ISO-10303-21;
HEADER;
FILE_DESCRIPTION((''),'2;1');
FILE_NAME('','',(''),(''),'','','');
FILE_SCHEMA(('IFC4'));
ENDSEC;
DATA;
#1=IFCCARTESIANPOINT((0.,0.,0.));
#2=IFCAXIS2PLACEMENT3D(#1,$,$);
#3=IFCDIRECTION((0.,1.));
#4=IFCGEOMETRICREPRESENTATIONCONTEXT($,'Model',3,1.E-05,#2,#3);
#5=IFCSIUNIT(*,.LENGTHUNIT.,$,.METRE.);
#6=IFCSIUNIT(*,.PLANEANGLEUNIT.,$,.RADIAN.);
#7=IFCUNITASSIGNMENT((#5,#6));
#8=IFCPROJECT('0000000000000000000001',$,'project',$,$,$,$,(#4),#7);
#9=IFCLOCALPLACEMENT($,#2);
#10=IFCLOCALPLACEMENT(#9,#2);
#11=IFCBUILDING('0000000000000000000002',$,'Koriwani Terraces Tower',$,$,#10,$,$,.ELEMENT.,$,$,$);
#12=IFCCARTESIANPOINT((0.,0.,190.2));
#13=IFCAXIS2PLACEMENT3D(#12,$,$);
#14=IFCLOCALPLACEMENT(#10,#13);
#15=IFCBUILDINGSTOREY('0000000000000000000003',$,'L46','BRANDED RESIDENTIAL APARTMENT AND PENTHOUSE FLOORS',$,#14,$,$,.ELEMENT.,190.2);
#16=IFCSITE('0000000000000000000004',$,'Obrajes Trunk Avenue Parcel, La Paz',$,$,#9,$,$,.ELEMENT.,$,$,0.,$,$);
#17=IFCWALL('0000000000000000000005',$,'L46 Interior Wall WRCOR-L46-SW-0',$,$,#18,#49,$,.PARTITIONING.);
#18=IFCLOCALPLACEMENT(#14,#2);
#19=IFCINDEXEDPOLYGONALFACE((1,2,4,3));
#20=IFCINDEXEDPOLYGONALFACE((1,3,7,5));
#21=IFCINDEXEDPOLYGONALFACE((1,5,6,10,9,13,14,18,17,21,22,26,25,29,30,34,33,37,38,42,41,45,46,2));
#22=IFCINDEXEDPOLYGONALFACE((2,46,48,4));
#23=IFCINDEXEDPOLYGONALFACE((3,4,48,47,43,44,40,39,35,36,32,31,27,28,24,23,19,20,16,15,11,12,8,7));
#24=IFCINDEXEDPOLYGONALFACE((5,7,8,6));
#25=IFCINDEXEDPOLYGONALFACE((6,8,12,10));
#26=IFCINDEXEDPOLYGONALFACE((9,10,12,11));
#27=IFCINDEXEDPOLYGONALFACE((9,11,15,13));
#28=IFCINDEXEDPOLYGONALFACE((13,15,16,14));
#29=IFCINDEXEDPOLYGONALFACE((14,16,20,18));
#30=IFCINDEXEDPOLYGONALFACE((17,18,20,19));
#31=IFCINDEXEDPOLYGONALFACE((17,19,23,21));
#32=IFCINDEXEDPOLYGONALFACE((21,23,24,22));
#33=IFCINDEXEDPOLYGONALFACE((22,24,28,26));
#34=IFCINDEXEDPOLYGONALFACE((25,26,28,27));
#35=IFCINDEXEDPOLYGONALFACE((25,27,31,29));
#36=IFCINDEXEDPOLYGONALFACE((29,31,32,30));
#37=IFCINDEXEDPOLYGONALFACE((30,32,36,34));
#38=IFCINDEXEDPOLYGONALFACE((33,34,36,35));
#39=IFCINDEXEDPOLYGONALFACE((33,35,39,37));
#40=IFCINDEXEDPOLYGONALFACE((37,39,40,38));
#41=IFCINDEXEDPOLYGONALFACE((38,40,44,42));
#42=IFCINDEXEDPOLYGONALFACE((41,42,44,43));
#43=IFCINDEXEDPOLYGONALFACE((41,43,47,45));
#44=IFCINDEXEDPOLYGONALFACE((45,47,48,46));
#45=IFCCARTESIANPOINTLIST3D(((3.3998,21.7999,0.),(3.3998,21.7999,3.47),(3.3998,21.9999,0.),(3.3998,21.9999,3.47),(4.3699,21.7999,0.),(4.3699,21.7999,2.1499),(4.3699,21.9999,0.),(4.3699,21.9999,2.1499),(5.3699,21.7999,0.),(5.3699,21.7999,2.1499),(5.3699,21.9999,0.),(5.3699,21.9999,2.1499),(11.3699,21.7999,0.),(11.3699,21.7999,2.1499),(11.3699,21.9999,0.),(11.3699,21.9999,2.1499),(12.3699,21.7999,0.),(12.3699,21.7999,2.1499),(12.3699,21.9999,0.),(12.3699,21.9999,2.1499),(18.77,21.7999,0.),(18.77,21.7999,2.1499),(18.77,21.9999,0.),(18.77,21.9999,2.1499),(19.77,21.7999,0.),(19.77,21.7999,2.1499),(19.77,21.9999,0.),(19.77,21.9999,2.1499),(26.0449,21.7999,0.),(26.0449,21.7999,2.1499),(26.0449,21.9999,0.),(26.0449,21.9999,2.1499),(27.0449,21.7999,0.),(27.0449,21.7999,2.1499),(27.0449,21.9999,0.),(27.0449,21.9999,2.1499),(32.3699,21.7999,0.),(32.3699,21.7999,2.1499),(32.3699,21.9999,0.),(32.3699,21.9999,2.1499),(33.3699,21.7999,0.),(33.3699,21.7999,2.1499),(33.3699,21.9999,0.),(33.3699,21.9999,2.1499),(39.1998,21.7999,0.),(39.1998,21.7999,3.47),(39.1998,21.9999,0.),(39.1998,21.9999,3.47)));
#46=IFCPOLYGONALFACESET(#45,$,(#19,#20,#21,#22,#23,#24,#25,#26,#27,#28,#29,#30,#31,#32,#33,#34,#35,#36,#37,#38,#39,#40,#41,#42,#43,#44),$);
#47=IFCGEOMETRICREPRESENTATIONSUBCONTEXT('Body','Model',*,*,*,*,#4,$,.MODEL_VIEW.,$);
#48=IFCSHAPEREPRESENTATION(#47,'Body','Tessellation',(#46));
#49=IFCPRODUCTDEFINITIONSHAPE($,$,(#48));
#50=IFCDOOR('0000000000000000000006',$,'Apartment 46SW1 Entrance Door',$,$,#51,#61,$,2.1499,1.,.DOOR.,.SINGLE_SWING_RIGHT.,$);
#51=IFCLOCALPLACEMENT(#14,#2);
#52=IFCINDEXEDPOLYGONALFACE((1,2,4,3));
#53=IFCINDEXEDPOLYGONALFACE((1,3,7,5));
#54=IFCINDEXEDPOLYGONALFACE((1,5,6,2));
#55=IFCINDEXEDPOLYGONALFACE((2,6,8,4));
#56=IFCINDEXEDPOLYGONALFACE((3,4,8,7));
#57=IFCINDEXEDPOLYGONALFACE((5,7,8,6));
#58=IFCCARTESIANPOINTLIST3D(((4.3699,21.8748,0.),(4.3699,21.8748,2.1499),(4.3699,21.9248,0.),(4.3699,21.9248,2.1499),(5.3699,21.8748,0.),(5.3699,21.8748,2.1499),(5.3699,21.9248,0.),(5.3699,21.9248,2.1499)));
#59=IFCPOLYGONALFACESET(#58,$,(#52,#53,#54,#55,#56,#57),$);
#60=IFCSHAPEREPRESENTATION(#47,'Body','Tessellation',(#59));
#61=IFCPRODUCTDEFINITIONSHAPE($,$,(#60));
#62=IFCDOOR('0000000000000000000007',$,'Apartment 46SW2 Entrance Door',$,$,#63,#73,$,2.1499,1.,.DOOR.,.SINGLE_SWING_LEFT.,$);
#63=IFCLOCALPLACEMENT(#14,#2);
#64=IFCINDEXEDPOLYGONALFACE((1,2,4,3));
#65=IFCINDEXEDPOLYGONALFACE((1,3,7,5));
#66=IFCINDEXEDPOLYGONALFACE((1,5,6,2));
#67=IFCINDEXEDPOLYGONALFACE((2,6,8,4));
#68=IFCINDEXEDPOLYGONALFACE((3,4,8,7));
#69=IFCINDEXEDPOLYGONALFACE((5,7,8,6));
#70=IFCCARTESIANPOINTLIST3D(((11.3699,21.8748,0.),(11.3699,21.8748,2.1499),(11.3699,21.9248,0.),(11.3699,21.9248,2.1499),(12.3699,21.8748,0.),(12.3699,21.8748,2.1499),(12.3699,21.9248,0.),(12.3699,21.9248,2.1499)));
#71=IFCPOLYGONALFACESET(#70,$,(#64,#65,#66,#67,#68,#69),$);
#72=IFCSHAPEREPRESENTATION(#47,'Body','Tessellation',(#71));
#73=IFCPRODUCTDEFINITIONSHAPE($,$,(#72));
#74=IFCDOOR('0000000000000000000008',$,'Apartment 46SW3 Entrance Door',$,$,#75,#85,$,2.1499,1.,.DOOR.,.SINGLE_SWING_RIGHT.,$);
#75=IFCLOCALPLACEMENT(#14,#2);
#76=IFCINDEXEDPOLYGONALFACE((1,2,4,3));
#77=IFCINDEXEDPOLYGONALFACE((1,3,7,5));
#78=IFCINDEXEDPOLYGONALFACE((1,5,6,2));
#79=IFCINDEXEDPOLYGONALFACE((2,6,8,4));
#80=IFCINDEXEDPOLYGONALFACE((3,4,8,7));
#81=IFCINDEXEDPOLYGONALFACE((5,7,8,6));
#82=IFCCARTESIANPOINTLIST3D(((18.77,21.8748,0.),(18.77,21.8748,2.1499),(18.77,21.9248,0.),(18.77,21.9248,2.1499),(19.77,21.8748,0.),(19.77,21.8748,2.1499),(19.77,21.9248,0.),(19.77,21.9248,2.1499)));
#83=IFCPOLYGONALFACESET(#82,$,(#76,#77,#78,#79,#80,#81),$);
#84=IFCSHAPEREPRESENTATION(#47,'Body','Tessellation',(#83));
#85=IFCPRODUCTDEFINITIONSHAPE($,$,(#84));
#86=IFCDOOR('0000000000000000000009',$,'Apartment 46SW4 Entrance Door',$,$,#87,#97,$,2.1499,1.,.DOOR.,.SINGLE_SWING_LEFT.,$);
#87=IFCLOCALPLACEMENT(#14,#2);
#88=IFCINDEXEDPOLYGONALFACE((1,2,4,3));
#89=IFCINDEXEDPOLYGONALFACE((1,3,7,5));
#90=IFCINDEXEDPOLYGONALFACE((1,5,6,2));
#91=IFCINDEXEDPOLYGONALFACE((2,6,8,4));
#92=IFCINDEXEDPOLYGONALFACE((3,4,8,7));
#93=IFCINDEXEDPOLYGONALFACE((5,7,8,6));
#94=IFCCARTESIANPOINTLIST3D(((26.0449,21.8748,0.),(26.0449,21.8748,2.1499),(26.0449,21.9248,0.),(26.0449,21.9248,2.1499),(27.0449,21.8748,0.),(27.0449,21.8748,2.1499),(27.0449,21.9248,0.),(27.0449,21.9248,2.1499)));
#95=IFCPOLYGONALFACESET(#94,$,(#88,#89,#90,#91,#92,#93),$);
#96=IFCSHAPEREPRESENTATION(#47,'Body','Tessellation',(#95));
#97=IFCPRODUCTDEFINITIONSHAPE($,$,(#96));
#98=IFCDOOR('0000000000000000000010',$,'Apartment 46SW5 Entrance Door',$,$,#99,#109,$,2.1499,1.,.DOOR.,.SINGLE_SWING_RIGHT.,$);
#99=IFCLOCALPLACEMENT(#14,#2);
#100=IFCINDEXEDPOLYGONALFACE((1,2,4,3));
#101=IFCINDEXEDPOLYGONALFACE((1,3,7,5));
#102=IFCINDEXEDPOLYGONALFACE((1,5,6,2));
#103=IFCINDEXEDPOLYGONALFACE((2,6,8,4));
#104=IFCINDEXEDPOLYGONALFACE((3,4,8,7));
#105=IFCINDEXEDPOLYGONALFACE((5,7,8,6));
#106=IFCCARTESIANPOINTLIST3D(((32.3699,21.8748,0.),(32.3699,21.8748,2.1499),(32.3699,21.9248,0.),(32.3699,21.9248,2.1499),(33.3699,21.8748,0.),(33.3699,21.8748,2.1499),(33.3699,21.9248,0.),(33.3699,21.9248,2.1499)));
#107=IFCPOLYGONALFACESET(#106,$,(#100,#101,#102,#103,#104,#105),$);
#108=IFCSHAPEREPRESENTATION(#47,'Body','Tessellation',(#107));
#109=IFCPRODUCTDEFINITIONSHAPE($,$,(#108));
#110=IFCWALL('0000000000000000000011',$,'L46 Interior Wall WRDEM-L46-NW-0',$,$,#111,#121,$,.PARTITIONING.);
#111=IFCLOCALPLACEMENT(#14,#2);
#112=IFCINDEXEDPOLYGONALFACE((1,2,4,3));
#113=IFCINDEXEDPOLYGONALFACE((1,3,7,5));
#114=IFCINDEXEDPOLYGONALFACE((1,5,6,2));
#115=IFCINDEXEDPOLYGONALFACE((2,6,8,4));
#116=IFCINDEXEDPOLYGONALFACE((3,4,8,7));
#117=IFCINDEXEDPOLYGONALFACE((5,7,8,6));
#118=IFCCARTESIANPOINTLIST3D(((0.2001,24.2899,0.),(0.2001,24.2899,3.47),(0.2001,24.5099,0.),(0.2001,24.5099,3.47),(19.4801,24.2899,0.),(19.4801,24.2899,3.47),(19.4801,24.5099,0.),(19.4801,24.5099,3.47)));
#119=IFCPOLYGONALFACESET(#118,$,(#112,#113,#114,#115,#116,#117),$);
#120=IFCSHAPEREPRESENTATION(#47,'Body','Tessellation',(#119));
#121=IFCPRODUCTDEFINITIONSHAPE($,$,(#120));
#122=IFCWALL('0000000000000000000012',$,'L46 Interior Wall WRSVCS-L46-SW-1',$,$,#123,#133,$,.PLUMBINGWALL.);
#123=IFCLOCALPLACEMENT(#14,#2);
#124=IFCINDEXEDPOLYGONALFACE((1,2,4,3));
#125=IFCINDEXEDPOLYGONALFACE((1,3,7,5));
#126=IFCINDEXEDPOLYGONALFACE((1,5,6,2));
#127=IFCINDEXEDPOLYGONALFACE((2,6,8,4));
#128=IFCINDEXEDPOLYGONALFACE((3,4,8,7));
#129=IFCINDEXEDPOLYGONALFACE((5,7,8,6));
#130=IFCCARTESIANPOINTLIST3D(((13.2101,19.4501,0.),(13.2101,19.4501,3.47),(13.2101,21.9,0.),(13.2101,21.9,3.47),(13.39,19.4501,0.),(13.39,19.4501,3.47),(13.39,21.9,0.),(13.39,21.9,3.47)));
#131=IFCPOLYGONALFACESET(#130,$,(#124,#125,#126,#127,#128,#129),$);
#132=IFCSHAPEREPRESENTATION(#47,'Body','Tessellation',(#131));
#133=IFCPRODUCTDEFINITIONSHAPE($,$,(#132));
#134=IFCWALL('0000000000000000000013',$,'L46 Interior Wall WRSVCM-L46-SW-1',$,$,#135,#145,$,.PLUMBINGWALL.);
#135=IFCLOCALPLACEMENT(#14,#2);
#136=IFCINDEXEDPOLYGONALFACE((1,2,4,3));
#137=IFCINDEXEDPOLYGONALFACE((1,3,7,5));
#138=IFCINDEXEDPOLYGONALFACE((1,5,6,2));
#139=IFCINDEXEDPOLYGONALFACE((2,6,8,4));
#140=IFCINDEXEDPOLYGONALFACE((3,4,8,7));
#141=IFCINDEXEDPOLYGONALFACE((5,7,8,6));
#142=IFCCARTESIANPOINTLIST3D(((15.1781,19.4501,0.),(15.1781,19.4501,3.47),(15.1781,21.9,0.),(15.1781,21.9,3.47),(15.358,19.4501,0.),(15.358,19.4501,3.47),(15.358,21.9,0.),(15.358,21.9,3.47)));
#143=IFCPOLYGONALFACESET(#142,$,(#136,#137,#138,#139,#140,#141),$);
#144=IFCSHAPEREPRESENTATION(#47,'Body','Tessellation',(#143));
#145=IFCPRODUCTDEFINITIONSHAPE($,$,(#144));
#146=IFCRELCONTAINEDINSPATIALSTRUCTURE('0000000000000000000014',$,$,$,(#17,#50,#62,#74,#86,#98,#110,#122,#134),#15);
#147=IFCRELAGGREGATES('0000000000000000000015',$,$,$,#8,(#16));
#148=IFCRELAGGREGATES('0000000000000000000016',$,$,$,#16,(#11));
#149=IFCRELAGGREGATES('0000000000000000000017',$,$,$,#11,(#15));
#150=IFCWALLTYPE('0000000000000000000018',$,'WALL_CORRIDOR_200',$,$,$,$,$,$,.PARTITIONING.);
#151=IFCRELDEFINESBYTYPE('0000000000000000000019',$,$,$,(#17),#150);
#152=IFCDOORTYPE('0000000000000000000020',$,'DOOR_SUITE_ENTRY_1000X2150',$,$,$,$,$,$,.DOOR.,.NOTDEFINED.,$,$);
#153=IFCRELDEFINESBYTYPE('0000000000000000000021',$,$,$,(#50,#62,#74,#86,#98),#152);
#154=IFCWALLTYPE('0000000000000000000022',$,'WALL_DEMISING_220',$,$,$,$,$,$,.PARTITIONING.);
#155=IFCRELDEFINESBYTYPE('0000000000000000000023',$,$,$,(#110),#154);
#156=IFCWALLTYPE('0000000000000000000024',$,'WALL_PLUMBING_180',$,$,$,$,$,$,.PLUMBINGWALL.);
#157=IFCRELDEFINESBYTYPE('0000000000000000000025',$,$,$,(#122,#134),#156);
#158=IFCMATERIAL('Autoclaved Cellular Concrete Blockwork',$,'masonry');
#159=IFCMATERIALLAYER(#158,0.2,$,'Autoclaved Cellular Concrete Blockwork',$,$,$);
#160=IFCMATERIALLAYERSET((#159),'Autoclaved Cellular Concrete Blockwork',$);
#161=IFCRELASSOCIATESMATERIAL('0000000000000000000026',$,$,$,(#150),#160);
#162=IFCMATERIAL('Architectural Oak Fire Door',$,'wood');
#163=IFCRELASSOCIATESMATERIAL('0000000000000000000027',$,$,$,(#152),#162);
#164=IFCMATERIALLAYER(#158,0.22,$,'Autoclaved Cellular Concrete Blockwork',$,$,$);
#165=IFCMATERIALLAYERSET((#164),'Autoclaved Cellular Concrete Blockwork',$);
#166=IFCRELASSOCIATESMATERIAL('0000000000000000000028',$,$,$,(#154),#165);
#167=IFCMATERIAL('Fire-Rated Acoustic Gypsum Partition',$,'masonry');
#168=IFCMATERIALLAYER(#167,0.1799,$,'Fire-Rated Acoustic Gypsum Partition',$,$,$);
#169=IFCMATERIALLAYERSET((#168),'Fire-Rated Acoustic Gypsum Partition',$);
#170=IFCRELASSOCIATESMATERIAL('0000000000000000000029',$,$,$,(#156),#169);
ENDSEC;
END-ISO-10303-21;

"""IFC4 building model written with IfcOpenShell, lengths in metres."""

from ifc_helpers import new_model, si_unit, direction, frame, frame_2d, origin, place, context, subcontext, project, spatial, rectangle, extrude, material, layer, layer_set, type_object, element, fill, save


model = new_model("IFC4")

# Units and contexts
model_context = context("Model", 3, precision=1e-05, world=origin(), true_north=direction((0.0, 1.0)))
body_context = subcontext(model_context, "Body", "Model", "MODEL_VIEW")
ifc_project = project(units=[si_unit("LENGTHUNIT", "METRE"), si_unit("PLANEANGLEUNIT", "RADIAN")], contexts=[model_context])

# Site, building, storey
site_placement = place(None, origin())
site = spatial("IfcSite", under=ifc_project, at=site_placement, Name="Obrajes Trunk Avenue Parcel, La Paz", CompositionType="ELEMENT", RefElevation=0.0)
building_placement = place(site_placement, origin())
building = spatial("IfcBuilding", under=site, at=building_placement, Name="Koriwani Terraces Tower", CompositionType="ELEMENT")
storey_placement = place(building_placement, frame((0.0, 0.0, 190.2)))
storey = spatial("IfcBuildingStorey", under=building, at=storey_placement, Name="L46", Description="BRANDED RESIDENTIAL APARTMENT AND PENTHOUSE FLOORS", CompositionType="ELEMENT", Elevation=190.2)

# Wall, openings, doors
ifc_material_1 = material(Name="Autoclaved Cellular Concrete Blockwork", Category="masonry")
ifc_layer_1 = layer(ifc_material_1, 0.2, Name="Autoclaved Cellular Concrete Blockwork")
ifc_layer_set_1 = layer_set([ifc_layer_1], Name="Autoclaved Cellular Concrete Blockwork")
wall_type_1 = type_object("IfcWallType", Name="WALL_CORRIDOR_200", PredefinedType="PARTITIONING", material=ifc_layer_set_1)
wall_1_placement = place(storey_placement, frame((3.3999, 21.8999, 0.0), z_axis=(0.0, 0.0, 1.0), x_axis=(1.0, 0.0, 0.0)))
wall_1 = element("IfcWall", 1, at=wall_1_placement, inside=storey, type_object=wall_type_1, Name="L46 Interior Wall WRCOR-L46-SW-0", PredefinedType="PARTITIONING", context=body_context, shape_type="SweptSolid", body=[
    extrude(rectangle(XDim=35.8, YDim=0.2, at=frame_2d((17.8999, 0.0))), origin(), (0.0, 0.0, 1.0), 3.47),
])
opening_1_placement = place(wall_1_placement, frame((0.97, 0.0, 0.0)))
opening_1 = element("IfcOpeningElement", 2, at=opening_1_placement, cuts=wall_1, PredefinedType="OPENING", context=body_context, shape_type="SweptSolid", body=[
    extrude(rectangle(XDim=1.0, YDim=2.1499, at=frame_2d((0.5, 1.075))), frame((0.0, 0.1099, 0.0), z_axis=(0.0, -1.0, 0.0), x_axis=(1.0, 0.0, 0.0)), (0.0, 0.0, 1.0), 0.22),
])
opening_2_placement = place(wall_1_placement, frame((7.97, 0.0, 0.0)))
opening_2 = element("IfcOpeningElement", 3, at=opening_2_placement, cuts=wall_1, PredefinedType="OPENING", context=body_context, shape_type="SweptSolid", body=[
    extrude(rectangle(XDim=1.0, YDim=2.1499, at=frame_2d((0.5, 1.075))), frame((0.0, 0.1099, 0.0), z_axis=(0.0, -1.0, 0.0), x_axis=(1.0, 0.0, 0.0)), (0.0, 0.0, 1.0), 0.22),
])
opening_3_placement = place(wall_1_placement, frame((15.3701, 0.0, 0.0)))
opening_3 = element("IfcOpeningElement", 4, at=opening_3_placement, cuts=wall_1, PredefinedType="OPENING", context=body_context, shape_type="SweptSolid", body=[
    extrude(rectangle(XDim=1.0, YDim=2.1499, at=frame_2d((0.5, 1.075))), frame((0.0, 0.1099, 0.0), z_axis=(0.0, -1.0, 0.0), x_axis=(1.0, 0.0, 0.0)), (0.0, 0.0, 1.0), 0.22),
])
opening_4_placement = place(wall_1_placement, frame((22.645, 0.0, 0.0)))
opening_4 = element("IfcOpeningElement", 5, at=opening_4_placement, cuts=wall_1, PredefinedType="OPENING", context=body_context, shape_type="SweptSolid", body=[
    extrude(rectangle(XDim=1.0, YDim=2.1499, at=frame_2d((0.5, 1.075))), frame((0.0, 0.1099, 0.0), z_axis=(0.0, -1.0, 0.0), x_axis=(1.0, 0.0, 0.0)), (0.0, 0.0, 1.0), 0.22),
])
opening_5_placement = place(wall_1_placement, frame((28.97, 0.0, 0.0)))
opening_5 = element("IfcOpeningElement", 6, at=opening_5_placement, cuts=wall_1, PredefinedType="OPENING", context=body_context, shape_type="SweptSolid", body=[
    extrude(rectangle(XDim=1.0, YDim=2.1499, at=frame_2d((0.5, 1.075))), frame((0.0, 0.1099, 0.0), z_axis=(0.0, -1.0, 0.0), x_axis=(1.0, 0.0, 0.0)), (0.0, 0.0, 1.0), 0.22),
])
ifc_material_2 = material(Name="Architectural Oak Fire Door", Category="wood")
door_type_1 = type_object("IfcDoorType", Name="DOOR_SUITE_ENTRY_1000X2150", OperationType="NOTDEFINED", PredefinedType="DOOR", material=ifc_material_2)
door_1_placement = place(opening_1_placement, origin())
door_1 = element("IfcDoor", 7, at=door_1_placement, inside=storey, type_object=door_type_1, Name="Apartment 46SW1 Entrance Door", OperationType="SINGLE_SWING_RIGHT", OverallHeight=2.1499, OverallWidth=1.0, PredefinedType="DOOR", context=body_context, shape_type="SweptSolid", body=[
    extrude(rectangle(XDim=1.0, YDim=2.1499, at=frame_2d((0.5, 1.075))), frame((0.0, 0.0249, 0.0), z_axis=(0.0, -1.0, 0.0), x_axis=(1.0, 0.0, 0.0)), (0.0, 0.0, 1.0), 0.05),
])
fill(opening_1, door_1)
door_2_placement = place(opening_2_placement, origin())
door_2 = element("IfcDoor", 8, at=door_2_placement, inside=storey, type_object=door_type_1, Name="Apartment 46SW2 Entrance Door", OperationType="SINGLE_SWING_LEFT", OverallHeight=2.1499, OverallWidth=1.0, PredefinedType="DOOR", context=body_context, shape_type="SweptSolid", body=[
    extrude(rectangle(XDim=1.0, YDim=2.1499, at=frame_2d((0.5, 1.075))), frame((0.0, 0.0249, 0.0), z_axis=(0.0, -1.0, 0.0), x_axis=(1.0, 0.0, 0.0)), (0.0, 0.0, 1.0), 0.05),
])
fill(opening_2, door_2)
door_3_placement = place(opening_3_placement, origin())
door_3 = element("IfcDoor", 9, at=door_3_placement, inside=storey, type_object=door_type_1, Name="Apartment 46SW3 Entrance Door", OperationType="SINGLE_SWING_RIGHT", OverallHeight=2.1499, OverallWidth=1.0, PredefinedType="DOOR", context=body_context, shape_type="SweptSolid", body=[
    extrude(rectangle(XDim=1.0, YDim=2.1499, at=frame_2d((0.5, 1.075))), frame((0.0, 0.0249, 0.0), z_axis=(0.0, -1.0, 0.0), x_axis=(1.0, 0.0, 0.0)), (0.0, 0.0, 1.0), 0.05),
])
fill(opening_3, door_3)
door_4_placement = place(opening_4_placement, origin())
door_4 = element("IfcDoor", 10, at=door_4_placement, inside=storey, type_object=door_type_1, Name="Apartment 46SW4 Entrance Door", OperationType="SINGLE_SWING_LEFT", OverallHeight=2.1499, OverallWidth=1.0, PredefinedType="DOOR", context=body_context, shape_type="SweptSolid", body=[
    extrude(rectangle(XDim=1.0, YDim=2.1499, at=frame_2d((0.5, 1.075))), frame((0.0, 0.0249, 0.0), z_axis=(0.0, -1.0, 0.0), x_axis=(1.0, 0.0, 0.0)), (0.0, 0.0, 1.0), 0.05),
])
fill(opening_4, door_4)
door_5_placement = place(opening_5_placement, origin())
door_5 = element("IfcDoor", 11, at=door_5_placement, inside=storey, type_object=door_type_1, Name="Apartment 46SW5 Entrance Door", OperationType="SINGLE_SWING_RIGHT", OverallHeight=2.1499, OverallWidth=1.0, PredefinedType="DOOR", context=body_context, shape_type="SweptSolid", body=[
    extrude(rectangle(XDim=1.0, YDim=2.1499, at=frame_2d((0.5, 1.075))), frame((0.0, 0.0249, 0.0), z_axis=(0.0, -1.0, 0.0), x_axis=(1.0, 0.0, 0.0)), (0.0, 0.0, 1.0), 0.05),
])
fill(opening_5, door_5)

# Walls
ifc_layer_2 = layer(ifc_material_1, 0.22, Name="Autoclaved Cellular Concrete Blockwork")
ifc_layer_set_2 = layer_set([ifc_layer_2], Name="Autoclaved Cellular Concrete Blockwork")
wall_type_2 = type_object("IfcWallType", Name="WALL_DEMISING_220", PredefinedType="PARTITIONING", material=ifc_layer_set_2)
wall_2_placement = place(storey_placement, frame((0.2, 24.3999, 0.0), z_axis=(0.0, 0.0, 1.0), x_axis=(1.0, 0.0, 0.0)))
element("IfcWall", 12, at=wall_2_placement, inside=storey, type_object=wall_type_2, Name="L46 Interior Wall WRDEM-L46-NW-0", PredefinedType="PARTITIONING", context=body_context, shape_type="SweptSolid", body=[
    extrude(rectangle(XDim=19.28, YDim=0.22, at=frame_2d((9.6401, 0.0))), origin(), (0.0, 0.0, 1.0), 3.47),
])
ifc_material_3 = material(Name="Fire-Rated Acoustic Gypsum Partition", Category="masonry")
ifc_layer_3 = layer(ifc_material_3, 0.1799, Name="Fire-Rated Acoustic Gypsum Partition")
ifc_layer_set_3 = layer_set([ifc_layer_3], Name="Fire-Rated Acoustic Gypsum Partition")
wall_type_3 = type_object("IfcWallType", Name="WALL_PLUMBING_180", PredefinedType="PLUMBINGWALL", material=ifc_layer_set_3)
for number, where, z_axis, x_axis, name in (
    (13, (13.3, 19.45, 0.0), (0.0, 0.0, 1.0), (0.0, 1.0, 0.0), "L46 Interior Wall WRSVCS-L46-SW-1"),
    (14, (15.2681, 19.45, 0.0), (0.0, 0.0, 1.0), (0.0, 1.0, 0.0), "L46 Interior Wall WRSVCM-L46-SW-1"),
):
    element("IfcWall", number, at=place(storey_placement, frame(where, z_axis=z_axis, x_axis=x_axis)), inside=storey, type_object=wall_type_3, Name=name, PredefinedType="PLUMBINGWALL", context=body_context, shape_type="SweptSolid", body=[
        extrude(rectangle(XDim=2.45, YDim=0.1799, at=frame_2d((1.2251, 0.0))), origin(), (0.0, 0.0, 1.0), 3.47),
    ])

save(model, "model.ifc")
